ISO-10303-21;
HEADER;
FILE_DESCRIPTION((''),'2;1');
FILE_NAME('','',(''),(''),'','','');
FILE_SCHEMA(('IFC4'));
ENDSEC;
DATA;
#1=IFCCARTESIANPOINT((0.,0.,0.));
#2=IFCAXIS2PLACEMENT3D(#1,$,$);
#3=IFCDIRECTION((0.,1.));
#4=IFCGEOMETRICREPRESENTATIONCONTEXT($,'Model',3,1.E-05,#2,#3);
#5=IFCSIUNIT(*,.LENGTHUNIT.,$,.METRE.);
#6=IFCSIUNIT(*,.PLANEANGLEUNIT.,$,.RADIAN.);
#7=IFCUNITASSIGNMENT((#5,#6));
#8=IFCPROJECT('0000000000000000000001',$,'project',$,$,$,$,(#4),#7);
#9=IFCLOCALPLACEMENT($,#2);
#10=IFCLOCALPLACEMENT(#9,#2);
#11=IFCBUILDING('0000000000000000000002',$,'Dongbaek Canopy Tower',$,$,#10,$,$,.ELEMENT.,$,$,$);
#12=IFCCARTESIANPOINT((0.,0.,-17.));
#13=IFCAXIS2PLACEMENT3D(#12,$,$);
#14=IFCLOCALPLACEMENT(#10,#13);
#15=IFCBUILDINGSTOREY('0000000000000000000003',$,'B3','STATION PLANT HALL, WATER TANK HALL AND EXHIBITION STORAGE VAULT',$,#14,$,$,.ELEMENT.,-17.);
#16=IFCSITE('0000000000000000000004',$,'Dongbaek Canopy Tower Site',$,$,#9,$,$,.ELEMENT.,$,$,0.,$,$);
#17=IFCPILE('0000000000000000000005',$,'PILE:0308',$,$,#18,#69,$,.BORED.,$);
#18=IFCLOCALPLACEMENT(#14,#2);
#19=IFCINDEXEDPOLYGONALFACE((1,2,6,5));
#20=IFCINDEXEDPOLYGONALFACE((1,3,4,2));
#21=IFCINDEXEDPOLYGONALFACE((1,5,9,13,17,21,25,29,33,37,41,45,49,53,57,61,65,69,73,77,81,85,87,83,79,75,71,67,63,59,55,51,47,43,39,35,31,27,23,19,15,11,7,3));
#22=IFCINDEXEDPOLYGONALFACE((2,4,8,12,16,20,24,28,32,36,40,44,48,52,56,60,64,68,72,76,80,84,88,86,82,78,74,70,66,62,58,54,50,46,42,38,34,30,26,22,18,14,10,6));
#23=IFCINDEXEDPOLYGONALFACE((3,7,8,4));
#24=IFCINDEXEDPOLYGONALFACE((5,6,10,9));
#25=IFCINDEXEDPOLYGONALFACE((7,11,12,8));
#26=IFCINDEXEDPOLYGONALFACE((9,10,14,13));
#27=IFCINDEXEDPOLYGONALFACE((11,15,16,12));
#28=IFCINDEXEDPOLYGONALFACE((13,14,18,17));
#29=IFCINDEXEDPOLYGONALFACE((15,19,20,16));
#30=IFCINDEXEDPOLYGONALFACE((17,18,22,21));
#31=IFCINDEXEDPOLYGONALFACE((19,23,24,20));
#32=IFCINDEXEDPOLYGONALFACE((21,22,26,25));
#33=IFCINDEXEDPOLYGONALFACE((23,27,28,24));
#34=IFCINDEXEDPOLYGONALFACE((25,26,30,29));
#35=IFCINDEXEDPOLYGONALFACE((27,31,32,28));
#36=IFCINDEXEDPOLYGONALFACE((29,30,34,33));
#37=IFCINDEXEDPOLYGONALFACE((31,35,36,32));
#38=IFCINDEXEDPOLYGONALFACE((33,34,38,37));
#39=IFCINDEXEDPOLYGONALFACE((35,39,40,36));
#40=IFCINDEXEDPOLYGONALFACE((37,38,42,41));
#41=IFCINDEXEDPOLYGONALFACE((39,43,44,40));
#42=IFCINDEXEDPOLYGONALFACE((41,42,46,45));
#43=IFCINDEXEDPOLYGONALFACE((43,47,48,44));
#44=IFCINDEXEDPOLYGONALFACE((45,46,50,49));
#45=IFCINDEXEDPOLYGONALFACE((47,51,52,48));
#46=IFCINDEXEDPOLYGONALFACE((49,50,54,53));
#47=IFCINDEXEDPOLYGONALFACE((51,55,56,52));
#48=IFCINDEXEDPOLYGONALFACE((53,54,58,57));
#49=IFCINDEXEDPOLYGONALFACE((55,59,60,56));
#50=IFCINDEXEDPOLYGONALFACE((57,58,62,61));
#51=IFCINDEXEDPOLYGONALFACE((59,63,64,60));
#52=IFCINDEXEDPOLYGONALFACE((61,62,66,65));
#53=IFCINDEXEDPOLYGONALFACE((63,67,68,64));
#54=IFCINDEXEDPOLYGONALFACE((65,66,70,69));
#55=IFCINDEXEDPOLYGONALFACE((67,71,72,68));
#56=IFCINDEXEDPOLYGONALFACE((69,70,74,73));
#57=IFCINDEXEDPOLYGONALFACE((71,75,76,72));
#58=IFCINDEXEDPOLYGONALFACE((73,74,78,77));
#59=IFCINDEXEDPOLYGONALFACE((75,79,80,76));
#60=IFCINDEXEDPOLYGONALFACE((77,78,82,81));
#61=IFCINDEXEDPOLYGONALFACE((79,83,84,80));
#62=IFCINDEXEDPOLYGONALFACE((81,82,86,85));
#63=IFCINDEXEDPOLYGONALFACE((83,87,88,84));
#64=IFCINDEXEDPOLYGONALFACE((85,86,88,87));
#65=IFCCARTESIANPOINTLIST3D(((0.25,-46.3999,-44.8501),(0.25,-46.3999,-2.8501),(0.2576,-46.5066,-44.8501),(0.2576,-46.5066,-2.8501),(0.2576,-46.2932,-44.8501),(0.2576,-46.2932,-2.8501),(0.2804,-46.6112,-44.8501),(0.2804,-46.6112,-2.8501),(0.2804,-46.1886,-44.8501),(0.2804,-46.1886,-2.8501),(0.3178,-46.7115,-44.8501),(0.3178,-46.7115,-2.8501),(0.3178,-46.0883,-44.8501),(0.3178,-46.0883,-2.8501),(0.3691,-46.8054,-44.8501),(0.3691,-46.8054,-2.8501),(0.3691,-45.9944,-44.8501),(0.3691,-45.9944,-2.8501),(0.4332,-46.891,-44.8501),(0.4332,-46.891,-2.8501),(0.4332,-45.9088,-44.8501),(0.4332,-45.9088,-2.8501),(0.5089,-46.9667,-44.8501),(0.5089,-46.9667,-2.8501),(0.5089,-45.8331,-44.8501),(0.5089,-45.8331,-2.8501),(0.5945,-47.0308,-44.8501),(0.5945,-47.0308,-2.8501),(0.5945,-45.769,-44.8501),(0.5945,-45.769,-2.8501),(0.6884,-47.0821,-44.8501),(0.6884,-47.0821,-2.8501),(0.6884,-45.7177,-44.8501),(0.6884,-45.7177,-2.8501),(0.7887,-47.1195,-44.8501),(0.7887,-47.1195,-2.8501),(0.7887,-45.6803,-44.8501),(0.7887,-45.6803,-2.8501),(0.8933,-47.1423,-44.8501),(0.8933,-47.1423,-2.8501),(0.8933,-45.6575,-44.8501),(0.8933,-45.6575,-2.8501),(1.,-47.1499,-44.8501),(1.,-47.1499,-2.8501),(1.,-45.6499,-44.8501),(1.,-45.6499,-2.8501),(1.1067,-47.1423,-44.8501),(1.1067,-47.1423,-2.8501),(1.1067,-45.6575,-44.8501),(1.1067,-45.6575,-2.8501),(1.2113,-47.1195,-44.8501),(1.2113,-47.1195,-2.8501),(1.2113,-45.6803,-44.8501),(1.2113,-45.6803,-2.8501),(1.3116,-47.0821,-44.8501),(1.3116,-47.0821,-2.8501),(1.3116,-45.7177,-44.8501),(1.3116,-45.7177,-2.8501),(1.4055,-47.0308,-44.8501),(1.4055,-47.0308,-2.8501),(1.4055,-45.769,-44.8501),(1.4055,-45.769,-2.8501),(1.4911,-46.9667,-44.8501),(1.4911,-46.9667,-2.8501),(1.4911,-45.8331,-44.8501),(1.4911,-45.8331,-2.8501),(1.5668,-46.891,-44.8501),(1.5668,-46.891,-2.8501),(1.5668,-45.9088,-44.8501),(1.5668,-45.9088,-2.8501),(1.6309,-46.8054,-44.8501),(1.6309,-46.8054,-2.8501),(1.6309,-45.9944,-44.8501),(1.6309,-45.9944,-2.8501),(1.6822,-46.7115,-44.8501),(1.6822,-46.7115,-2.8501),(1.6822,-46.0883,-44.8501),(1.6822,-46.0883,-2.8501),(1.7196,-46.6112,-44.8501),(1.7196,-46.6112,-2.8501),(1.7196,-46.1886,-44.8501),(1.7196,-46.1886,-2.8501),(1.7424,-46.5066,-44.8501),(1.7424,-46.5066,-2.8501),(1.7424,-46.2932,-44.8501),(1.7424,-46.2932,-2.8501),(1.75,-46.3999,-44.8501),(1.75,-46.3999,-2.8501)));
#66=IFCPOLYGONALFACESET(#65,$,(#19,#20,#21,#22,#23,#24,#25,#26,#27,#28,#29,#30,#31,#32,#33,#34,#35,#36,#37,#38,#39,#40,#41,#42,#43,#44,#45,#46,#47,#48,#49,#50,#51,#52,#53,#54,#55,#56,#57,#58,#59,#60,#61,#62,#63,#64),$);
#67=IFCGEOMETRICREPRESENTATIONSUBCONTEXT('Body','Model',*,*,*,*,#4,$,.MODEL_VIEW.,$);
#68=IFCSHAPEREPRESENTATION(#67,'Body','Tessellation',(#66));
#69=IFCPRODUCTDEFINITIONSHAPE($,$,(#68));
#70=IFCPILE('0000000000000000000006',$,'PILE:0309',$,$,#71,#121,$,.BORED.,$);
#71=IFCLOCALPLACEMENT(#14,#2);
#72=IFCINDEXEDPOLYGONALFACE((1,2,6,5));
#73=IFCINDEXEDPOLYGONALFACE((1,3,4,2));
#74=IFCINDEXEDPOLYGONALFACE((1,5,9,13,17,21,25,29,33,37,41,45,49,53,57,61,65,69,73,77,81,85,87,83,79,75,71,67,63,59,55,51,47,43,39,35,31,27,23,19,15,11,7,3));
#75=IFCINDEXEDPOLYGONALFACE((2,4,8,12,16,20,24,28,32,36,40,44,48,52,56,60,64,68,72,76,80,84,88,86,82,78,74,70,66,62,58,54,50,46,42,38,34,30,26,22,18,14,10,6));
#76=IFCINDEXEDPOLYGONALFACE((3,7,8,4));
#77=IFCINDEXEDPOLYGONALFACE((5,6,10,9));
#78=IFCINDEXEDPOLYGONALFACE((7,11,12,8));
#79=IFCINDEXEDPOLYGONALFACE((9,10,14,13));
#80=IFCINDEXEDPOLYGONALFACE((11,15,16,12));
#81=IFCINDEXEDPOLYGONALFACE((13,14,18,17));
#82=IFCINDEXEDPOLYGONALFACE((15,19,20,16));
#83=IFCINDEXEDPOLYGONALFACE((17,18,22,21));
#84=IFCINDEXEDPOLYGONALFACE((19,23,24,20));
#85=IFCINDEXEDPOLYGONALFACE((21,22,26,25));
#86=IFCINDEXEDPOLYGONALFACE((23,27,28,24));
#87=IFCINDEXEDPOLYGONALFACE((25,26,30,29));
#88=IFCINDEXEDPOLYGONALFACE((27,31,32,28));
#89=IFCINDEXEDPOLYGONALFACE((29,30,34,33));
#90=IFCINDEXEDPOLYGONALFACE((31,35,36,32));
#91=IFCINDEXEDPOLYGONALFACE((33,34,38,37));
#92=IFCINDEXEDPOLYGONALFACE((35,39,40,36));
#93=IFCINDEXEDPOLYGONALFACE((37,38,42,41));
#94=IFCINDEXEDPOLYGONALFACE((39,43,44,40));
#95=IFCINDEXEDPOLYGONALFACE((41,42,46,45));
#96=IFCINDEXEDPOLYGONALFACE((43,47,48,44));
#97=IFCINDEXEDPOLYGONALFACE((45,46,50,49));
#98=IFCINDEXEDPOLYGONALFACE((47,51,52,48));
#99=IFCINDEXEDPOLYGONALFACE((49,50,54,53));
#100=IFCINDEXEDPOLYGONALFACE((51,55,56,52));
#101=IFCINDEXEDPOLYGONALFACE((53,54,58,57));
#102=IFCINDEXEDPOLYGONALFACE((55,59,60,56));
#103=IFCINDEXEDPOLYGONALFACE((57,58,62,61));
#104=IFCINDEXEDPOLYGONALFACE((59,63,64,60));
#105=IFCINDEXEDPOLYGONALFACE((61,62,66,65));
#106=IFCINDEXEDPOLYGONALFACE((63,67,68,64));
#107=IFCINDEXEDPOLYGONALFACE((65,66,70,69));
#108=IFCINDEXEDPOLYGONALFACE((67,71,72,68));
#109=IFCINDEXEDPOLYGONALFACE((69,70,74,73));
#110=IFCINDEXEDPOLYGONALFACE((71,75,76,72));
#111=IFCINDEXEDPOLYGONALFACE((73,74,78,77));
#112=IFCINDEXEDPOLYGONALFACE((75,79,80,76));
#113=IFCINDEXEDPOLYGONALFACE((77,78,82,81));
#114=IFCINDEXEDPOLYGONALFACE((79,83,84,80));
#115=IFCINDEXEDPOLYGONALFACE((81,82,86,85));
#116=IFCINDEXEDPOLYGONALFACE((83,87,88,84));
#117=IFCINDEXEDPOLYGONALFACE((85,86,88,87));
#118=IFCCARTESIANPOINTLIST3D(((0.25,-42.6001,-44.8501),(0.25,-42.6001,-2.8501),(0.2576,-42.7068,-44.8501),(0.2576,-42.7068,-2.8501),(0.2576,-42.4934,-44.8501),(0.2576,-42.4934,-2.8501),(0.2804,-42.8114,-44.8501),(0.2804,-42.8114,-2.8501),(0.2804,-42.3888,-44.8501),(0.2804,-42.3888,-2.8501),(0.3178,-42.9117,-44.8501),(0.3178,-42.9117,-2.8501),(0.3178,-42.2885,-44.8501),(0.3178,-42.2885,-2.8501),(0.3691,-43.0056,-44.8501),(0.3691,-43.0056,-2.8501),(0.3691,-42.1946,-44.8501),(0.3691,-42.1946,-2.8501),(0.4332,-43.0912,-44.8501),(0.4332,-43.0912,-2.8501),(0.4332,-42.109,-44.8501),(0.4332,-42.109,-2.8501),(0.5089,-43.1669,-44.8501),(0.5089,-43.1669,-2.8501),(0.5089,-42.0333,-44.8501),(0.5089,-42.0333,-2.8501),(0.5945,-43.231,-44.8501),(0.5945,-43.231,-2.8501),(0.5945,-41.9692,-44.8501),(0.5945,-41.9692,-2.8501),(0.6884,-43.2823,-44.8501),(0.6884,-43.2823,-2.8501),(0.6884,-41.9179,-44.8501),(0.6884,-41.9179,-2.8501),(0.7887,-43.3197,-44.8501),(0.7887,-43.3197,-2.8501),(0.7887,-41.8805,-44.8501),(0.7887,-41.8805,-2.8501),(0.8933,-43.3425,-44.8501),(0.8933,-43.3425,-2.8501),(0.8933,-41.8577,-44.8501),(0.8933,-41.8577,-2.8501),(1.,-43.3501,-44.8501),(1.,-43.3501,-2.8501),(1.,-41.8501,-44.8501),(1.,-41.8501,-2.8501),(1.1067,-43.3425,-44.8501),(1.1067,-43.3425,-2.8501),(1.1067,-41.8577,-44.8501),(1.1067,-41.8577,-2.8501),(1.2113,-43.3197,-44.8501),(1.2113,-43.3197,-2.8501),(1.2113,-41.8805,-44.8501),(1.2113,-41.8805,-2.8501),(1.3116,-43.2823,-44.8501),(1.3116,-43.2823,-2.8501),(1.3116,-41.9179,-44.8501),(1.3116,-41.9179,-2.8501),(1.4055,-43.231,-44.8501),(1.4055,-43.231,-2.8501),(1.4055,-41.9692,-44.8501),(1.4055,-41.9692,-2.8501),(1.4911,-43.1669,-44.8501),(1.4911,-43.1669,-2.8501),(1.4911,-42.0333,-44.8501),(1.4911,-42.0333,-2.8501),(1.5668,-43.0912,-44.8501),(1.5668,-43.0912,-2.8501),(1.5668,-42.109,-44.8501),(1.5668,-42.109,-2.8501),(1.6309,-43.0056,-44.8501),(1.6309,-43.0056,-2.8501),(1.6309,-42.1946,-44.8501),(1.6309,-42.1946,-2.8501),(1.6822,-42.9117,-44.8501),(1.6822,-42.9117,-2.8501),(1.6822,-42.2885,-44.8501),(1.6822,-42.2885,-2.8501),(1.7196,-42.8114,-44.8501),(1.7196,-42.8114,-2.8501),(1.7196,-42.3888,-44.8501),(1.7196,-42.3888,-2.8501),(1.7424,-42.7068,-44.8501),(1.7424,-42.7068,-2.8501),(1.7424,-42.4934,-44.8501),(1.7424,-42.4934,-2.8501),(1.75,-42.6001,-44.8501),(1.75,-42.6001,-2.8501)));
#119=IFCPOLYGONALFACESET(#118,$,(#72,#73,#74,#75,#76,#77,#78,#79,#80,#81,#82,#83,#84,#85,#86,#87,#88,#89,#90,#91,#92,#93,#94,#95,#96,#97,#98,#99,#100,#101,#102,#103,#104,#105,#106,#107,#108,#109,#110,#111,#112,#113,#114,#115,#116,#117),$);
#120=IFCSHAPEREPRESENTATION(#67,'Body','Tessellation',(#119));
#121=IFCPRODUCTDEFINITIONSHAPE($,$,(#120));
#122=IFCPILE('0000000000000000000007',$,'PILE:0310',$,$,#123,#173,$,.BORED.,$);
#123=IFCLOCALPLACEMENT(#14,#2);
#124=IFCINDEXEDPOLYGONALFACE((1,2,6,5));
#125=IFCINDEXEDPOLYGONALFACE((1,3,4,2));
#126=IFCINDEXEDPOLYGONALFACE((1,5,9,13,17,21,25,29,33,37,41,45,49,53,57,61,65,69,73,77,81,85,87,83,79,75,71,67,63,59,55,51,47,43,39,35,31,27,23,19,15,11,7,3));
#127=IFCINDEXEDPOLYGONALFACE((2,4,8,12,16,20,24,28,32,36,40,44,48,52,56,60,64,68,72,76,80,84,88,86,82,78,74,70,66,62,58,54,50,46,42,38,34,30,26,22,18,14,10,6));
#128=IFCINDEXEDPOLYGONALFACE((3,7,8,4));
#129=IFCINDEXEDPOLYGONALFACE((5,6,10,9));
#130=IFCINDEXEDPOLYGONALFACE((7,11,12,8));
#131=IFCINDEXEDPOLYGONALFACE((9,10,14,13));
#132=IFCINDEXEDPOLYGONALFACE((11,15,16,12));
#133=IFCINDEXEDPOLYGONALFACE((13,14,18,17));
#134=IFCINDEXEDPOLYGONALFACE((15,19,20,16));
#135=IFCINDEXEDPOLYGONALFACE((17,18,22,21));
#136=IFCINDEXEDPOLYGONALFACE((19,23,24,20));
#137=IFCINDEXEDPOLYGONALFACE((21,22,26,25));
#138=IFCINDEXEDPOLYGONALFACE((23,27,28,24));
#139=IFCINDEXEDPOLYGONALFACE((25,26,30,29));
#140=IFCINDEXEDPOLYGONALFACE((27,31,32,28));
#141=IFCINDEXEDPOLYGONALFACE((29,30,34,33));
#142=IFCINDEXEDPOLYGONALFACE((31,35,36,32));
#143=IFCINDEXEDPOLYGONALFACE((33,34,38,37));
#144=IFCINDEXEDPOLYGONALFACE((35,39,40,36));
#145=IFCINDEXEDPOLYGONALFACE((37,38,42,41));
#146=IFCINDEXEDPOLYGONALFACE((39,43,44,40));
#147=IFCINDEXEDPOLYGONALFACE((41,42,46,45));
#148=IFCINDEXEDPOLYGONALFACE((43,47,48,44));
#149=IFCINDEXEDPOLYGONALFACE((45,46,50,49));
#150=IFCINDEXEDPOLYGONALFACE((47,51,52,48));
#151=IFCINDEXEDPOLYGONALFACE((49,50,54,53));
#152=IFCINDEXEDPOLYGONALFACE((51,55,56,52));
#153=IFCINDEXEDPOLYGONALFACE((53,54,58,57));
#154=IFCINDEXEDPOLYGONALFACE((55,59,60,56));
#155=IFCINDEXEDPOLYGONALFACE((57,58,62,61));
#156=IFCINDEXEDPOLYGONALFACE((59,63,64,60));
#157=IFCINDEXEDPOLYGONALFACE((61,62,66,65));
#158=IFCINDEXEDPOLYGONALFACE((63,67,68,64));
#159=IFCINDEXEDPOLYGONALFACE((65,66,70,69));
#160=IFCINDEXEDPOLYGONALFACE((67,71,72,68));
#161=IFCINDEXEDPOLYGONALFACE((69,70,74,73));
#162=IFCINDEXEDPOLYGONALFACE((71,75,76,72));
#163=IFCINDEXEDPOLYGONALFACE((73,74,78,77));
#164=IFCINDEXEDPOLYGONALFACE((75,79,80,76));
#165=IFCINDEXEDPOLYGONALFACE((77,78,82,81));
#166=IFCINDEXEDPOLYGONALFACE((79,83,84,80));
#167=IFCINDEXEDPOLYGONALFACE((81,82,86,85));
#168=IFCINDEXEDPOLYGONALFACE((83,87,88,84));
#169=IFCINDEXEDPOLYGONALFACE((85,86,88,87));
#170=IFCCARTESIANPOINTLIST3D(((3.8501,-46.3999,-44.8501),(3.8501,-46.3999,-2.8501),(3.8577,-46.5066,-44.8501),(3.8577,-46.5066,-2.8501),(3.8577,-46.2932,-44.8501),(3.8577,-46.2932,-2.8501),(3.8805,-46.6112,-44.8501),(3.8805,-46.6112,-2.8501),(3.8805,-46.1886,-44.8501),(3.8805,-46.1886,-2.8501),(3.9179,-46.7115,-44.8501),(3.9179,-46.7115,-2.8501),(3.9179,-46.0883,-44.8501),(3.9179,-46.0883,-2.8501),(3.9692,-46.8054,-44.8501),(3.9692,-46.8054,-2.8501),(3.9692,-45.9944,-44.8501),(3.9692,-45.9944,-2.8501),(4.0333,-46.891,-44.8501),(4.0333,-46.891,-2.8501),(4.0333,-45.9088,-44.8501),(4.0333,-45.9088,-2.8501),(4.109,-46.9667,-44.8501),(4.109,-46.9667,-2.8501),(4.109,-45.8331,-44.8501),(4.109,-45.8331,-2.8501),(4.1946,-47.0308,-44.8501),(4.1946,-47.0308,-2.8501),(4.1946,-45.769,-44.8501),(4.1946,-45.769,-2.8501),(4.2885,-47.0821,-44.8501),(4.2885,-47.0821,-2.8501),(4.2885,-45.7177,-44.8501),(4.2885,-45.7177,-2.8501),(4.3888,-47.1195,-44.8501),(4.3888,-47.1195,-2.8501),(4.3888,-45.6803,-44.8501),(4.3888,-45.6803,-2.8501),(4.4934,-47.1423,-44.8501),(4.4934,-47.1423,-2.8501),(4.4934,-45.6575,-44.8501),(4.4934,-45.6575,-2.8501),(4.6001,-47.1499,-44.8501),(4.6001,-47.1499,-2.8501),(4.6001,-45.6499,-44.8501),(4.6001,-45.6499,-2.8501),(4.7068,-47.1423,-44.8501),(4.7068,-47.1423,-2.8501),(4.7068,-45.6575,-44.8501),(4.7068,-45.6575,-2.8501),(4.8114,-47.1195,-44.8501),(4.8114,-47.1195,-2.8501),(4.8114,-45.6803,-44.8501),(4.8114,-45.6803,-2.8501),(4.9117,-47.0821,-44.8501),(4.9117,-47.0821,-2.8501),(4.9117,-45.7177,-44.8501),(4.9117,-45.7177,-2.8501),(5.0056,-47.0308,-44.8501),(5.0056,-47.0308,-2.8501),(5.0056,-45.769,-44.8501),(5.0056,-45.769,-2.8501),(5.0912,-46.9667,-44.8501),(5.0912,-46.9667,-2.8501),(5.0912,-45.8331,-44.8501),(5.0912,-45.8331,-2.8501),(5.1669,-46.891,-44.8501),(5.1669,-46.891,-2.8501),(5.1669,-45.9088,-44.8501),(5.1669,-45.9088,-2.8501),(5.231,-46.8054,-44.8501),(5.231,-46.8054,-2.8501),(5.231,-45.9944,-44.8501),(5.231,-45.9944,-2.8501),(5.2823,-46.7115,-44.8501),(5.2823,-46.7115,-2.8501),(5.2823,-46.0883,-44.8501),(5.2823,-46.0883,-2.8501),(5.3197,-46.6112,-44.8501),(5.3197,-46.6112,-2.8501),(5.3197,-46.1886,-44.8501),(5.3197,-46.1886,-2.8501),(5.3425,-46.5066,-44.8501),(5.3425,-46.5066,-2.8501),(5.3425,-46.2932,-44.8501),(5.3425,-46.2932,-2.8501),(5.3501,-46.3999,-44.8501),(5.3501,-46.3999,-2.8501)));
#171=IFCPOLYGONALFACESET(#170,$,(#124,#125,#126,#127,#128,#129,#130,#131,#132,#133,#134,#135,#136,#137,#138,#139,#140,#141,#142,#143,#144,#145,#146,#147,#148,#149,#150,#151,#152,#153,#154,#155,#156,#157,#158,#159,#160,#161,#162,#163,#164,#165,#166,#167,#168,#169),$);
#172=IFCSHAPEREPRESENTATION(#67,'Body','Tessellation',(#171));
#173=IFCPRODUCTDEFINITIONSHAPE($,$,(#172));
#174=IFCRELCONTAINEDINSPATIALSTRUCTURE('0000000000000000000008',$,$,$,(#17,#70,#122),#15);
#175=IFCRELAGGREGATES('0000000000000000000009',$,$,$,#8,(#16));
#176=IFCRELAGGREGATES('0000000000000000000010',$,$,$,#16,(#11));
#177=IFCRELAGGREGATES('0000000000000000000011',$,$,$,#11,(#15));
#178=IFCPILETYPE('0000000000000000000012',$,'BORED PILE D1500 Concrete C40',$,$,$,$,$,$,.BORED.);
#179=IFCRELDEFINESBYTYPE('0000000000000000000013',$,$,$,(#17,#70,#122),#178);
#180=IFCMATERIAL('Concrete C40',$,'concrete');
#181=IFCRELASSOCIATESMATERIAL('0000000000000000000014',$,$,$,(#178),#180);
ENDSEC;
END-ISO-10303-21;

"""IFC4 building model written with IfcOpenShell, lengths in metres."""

from ifc_helpers import new_model, si_unit, direction, frame, origin, origin_2d, place, context, subcontext, project, spatial, circle, extrude, material, material_profile, profile_set, type_object, element, save


model = new_model("IFC4")

# Units and contexts
model_context = context("Model", 3, precision=1e-05, world=origin(), true_north=direction((0.0, 1.0)))
body_context = subcontext(model_context, "Body", "Model", "MODEL_VIEW")
ifc_project = project(units=[si_unit("LENGTHUNIT", "METRE"), si_unit("PLANEANGLEUNIT", "RADIAN")], contexts=[model_context])

# Site, building, storey
site_placement = place(None, origin())
site = spatial("IfcSite", under=ifc_project, at=site_placement, Name="Dongbaek Canopy Tower Site", CompositionType="ELEMENT", RefElevation=0.0)
building_placement = place(site_placement, origin())
building = spatial("IfcBuilding", under=site, at=building_placement, Name="Dongbaek Canopy Tower", CompositionType="ELEMENT")
storey_placement = place(building_placement, frame((0.0, 0.0, -17.0)))
storey = spatial("IfcBuildingStorey", under=building, at=storey_placement, Name="B3", Description="STATION PLANT HALL, WATER TANK HALL AND EXHIBITION STORAGE VAULT", CompositionType="ELEMENT", Elevation=-17.0)

# Piles
ifc_material_1 = material(Name="Concrete C40", Category="concrete")
ifc_material_profile_1 = material_profile(ifc_material_1, circle(Radius=0.75, at=origin_2d()), Name="BORED PILE D1500 Concrete C40")
ifc_profile_set_1 = profile_set([ifc_material_profile_1], Name="Concrete C40")
pile_type = type_object("IfcPileType", Name="BORED PILE D1500 Concrete C40", PredefinedType="BORED", material=ifc_profile_set_1)
for number, where, z_axis, x_axis, name in (
    (1, (1.0, -46.3999, -2.8501), (0.0, 0.0, -1.0), (1.0, 0.0, 0.0), "PILE:0308"),
    (2, (1.0, -42.6001, -2.8501), (0.0, 0.0, -1.0), (1.0, 0.0, 0.0), "PILE:0309"),
    (3, (4.6001, -46.3999, -2.8501), (0.0, 0.0, -1.0), (1.0, 0.0, 0.0), "PILE:0310"),
):
    element("IfcPile", number, at=place(storey_placement, frame(where, z_axis=z_axis, x_axis=x_axis)), inside=storey, type_object=pile_type, Name=name, PredefinedType="BORED", context=body_context, shape_type="SweptSolid", body=[
        extrude(circle(Radius=0.75, at=origin_2d()), origin(), (0.0, 0.0, 1.0), 42.0),
    ])

save(model, "model.ifc")
